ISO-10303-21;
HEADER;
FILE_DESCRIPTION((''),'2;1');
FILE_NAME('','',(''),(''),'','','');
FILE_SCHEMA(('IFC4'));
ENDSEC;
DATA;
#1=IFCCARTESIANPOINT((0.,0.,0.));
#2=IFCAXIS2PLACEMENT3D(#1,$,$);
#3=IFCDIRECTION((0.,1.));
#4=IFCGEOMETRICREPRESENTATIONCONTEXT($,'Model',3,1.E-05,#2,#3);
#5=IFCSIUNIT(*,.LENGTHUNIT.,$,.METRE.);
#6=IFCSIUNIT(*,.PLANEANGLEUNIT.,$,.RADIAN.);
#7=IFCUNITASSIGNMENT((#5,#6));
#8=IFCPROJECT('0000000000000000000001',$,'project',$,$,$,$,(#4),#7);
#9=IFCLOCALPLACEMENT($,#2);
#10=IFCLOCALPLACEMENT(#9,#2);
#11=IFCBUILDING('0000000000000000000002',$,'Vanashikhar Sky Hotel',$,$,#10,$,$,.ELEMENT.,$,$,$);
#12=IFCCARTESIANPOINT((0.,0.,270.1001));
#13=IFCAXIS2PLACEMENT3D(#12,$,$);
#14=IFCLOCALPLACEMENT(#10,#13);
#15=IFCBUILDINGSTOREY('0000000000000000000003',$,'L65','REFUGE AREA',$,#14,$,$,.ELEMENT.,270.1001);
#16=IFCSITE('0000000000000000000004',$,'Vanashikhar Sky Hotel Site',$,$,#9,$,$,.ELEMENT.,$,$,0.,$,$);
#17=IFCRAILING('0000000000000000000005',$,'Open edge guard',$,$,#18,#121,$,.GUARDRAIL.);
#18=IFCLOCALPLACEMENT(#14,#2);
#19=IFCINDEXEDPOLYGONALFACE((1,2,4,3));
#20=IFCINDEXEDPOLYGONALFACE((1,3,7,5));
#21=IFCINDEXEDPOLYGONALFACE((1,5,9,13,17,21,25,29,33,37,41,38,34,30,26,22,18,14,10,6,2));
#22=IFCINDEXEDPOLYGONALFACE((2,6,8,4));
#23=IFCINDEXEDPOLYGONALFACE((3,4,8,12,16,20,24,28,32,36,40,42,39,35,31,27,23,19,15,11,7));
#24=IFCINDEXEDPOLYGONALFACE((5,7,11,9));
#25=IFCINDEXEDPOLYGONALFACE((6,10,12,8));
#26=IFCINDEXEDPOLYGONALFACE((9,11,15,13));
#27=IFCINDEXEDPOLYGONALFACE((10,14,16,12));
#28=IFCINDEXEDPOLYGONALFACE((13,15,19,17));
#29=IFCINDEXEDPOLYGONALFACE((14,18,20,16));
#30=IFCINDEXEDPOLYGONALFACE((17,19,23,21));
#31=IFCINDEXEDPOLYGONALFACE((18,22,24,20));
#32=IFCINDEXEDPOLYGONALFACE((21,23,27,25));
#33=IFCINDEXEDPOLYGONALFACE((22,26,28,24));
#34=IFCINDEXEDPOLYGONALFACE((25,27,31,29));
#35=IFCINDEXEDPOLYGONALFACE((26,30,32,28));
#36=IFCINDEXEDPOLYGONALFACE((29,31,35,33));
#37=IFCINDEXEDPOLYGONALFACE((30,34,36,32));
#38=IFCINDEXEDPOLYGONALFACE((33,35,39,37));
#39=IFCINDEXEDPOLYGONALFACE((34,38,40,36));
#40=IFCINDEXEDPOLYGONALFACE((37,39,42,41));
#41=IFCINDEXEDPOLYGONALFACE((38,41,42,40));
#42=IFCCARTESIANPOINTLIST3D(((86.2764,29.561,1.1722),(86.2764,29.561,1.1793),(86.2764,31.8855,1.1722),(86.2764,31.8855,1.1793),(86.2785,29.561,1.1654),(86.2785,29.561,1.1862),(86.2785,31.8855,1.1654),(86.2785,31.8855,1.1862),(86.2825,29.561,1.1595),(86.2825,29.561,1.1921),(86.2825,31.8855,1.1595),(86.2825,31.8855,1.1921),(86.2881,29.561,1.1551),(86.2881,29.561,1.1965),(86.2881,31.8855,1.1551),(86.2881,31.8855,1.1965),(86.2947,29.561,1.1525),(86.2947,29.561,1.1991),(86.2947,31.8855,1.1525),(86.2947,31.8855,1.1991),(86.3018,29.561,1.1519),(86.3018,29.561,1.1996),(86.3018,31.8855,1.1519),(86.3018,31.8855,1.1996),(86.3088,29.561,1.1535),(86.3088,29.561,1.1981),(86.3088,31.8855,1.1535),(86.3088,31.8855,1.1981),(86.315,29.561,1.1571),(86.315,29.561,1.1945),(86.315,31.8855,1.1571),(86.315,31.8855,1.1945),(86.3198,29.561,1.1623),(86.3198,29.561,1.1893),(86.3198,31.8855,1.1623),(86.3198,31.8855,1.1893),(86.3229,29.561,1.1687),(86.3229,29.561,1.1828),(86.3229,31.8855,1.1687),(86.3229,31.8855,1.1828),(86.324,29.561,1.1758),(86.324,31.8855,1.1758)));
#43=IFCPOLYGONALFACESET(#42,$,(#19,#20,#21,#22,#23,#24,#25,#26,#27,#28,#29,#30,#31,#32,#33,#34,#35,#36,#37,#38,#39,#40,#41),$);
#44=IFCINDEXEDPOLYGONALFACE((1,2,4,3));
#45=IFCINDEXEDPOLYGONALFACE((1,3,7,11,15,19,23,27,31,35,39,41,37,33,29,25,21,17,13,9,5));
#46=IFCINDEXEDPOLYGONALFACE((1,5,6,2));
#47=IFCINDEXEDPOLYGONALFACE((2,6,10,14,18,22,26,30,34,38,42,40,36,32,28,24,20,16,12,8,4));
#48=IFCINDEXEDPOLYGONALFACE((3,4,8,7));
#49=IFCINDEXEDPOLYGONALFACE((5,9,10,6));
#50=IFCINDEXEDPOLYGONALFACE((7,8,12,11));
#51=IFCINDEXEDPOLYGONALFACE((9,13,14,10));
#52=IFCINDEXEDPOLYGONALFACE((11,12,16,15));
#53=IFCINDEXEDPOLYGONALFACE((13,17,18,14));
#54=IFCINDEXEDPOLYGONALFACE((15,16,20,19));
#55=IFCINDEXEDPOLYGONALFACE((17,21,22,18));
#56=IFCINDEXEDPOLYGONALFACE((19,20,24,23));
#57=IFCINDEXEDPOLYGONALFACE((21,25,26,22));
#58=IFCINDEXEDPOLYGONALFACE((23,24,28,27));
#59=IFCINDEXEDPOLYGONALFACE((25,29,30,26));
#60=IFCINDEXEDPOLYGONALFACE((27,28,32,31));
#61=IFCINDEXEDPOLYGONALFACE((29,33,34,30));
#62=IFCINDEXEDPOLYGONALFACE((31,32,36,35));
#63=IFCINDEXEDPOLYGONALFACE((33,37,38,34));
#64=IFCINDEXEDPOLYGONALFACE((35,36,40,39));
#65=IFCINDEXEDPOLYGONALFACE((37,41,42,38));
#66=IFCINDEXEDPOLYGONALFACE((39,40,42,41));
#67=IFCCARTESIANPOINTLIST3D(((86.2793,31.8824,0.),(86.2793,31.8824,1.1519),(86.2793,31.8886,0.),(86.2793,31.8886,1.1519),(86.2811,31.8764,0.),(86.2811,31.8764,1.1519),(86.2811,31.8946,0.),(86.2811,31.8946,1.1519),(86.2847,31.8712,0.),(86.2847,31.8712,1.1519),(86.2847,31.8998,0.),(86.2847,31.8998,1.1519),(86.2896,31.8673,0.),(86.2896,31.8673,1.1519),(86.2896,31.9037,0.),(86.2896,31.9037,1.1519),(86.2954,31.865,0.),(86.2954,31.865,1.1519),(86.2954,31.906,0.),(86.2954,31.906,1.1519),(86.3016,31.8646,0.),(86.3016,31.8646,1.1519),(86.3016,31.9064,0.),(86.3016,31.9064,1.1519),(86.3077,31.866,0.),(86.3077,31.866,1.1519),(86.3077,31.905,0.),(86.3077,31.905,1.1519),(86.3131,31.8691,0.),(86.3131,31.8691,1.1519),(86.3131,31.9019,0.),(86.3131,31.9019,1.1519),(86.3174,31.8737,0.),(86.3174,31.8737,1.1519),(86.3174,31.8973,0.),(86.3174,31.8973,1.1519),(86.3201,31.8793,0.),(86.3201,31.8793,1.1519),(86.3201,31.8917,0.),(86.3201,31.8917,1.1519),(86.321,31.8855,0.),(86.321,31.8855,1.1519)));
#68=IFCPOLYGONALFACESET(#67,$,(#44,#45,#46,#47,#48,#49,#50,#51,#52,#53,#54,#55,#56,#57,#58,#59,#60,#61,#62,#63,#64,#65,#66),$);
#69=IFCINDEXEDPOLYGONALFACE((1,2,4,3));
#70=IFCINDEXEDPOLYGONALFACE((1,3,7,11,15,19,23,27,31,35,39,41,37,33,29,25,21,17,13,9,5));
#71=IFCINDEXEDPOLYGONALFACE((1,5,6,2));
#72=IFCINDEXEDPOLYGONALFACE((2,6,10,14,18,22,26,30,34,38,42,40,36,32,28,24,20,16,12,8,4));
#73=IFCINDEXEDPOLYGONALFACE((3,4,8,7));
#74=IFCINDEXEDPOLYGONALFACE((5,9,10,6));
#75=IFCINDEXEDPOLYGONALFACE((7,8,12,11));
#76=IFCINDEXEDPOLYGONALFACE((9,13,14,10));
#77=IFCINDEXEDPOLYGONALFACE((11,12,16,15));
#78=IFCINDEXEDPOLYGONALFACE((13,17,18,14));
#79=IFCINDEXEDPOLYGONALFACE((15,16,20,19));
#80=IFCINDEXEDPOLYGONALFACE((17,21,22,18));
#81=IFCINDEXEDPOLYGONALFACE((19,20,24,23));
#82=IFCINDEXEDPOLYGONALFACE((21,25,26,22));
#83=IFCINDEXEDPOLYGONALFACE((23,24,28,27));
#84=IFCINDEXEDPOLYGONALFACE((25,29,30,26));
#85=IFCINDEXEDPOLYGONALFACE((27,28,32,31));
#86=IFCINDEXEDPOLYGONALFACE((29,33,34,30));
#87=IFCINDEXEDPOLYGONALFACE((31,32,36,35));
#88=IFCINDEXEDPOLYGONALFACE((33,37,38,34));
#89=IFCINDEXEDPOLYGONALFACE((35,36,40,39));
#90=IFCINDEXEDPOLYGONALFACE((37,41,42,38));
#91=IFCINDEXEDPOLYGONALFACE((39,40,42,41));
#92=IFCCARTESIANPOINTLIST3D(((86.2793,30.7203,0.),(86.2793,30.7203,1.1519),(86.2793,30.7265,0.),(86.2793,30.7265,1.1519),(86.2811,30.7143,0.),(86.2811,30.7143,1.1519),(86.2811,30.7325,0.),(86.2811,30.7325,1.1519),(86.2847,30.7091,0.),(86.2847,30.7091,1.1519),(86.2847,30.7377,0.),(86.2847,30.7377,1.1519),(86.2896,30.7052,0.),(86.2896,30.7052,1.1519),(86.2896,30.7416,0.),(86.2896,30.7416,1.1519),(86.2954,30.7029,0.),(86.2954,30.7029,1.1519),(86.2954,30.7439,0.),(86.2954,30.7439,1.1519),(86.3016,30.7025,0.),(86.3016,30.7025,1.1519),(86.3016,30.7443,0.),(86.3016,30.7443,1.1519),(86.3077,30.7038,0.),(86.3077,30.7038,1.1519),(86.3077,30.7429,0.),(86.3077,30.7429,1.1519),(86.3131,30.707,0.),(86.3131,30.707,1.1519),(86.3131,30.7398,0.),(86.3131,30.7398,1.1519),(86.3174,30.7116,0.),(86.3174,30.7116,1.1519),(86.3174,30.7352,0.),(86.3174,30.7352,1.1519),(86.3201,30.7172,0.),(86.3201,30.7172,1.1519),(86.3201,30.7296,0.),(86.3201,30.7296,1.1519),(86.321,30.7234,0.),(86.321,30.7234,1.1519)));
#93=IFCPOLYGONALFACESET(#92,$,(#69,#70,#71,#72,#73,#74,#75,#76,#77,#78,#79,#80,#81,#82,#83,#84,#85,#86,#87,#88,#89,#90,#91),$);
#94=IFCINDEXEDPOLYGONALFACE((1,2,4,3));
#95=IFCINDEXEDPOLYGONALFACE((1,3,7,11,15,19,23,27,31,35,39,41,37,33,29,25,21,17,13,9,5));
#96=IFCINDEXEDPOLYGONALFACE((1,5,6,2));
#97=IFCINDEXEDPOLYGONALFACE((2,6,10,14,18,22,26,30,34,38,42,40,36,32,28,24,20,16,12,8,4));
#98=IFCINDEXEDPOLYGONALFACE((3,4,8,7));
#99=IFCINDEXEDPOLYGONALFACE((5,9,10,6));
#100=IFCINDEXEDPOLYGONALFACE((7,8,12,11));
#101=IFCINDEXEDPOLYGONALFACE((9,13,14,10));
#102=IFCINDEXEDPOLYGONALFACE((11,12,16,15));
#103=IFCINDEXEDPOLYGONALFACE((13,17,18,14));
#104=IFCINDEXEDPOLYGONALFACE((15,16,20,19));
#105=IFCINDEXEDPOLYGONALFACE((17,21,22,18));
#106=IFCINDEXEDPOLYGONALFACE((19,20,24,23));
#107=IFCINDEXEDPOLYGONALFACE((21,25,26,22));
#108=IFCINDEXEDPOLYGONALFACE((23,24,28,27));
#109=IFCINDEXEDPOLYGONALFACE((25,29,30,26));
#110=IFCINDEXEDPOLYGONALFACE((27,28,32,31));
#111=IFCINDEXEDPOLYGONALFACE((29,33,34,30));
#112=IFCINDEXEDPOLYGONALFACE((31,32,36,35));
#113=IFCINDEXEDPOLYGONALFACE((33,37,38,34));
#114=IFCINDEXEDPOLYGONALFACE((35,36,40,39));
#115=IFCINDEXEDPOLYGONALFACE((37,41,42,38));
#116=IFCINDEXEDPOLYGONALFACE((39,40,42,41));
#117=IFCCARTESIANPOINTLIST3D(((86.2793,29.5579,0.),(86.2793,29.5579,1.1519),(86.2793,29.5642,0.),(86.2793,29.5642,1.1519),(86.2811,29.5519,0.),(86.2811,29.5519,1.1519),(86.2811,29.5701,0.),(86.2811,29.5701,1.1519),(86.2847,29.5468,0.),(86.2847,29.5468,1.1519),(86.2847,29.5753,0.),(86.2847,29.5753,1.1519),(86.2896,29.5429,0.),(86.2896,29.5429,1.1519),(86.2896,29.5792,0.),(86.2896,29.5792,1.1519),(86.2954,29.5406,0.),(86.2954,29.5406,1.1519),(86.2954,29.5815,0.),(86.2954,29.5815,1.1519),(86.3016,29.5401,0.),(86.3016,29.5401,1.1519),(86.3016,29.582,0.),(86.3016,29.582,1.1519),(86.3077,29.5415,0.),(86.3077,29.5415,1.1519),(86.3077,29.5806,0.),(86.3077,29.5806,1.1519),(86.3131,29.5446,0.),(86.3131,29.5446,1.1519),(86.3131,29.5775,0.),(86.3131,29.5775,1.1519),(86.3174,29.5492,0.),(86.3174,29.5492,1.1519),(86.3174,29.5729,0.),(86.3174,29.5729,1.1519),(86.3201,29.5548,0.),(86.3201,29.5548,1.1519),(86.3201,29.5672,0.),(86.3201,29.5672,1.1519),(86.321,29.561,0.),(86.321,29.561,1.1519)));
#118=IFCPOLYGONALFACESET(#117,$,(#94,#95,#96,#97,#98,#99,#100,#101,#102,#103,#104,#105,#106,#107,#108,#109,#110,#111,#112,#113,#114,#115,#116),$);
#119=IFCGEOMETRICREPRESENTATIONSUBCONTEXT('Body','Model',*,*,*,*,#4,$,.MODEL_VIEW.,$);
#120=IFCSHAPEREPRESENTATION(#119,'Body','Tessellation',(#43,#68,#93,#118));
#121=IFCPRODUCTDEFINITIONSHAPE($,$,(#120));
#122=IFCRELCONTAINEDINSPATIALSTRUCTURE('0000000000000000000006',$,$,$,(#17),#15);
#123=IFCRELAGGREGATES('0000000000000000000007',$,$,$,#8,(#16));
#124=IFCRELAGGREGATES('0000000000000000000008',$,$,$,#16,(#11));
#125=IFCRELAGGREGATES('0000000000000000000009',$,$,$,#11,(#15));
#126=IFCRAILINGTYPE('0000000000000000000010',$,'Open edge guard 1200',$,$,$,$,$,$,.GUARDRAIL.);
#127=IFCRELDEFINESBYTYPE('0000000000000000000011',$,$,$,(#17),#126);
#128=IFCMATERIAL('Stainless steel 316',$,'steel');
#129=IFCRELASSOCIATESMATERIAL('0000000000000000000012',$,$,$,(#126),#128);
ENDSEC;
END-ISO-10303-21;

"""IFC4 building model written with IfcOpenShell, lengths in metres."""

from ifc_helpers import new_model, si_unit, direction, frame, origin, origin_2d, place, context, subcontext, project, spatial, circle, extrude, source, transform, mapped, material, type_object, element, save


model = new_model("IFC4")

# Units and contexts
model_context = context("Model", 3, precision=1e-05, world=origin(), true_north=direction((0.0, 1.0)))
body_context = subcontext(model_context, "Body", "Model", "MODEL_VIEW")
ifc_project = project(units=[si_unit("LENGTHUNIT", "METRE"), si_unit("PLANEANGLEUNIT", "RADIAN")], contexts=[model_context])

# Site, building, storey
site_placement = place(None, origin())
site = spatial("IfcSite", under=ifc_project, at=site_placement, Name="Vanashikhar Sky Hotel Site", CompositionType="ELEMENT", RefElevation=0.0)
building_placement = place(site_placement, origin())
building = spatial("IfcBuilding", under=site, at=building_placement, Name="Vanashikhar Sky Hotel", CompositionType="ELEMENT")
storey_placement = place(building_placement, frame((0.0, 0.0, 270.1001)))
storey = spatial("IfcBuildingStorey", under=building, at=storey_placement, Name="L65", Description="REFUGE AREA", CompositionType="ELEMENT", Elevation=270.1001)

# Railing
ifc_material_1 = material(Name="Stainless steel 316", Category="steel")
railing_type_1 = type_object("IfcRailingType", Name="Open edge guard 1200", PredefinedType="GUARDRAIL", material=ifc_material_1)
shared_shape_1 = source(origin(), body_context, "Body", "SweptSolid", [
    extrude(circle(Radius=0.0239, at=origin_2d()), frame((0.0, 0.0, 1.1758), z_axis=(0.0, -1.0, 0.0), x_axis=(1.0, 0.0, 0.0)), (0.0, 0.0, 1.0), 2.3245),
    extrude(circle(Radius=0.021, at=origin_2d()), origin(), (0.0, 0.0, 1.0), 1.1519),
    extrude(circle(Radius=0.021, at=origin_2d()), frame((0.0, -1.1621, 0.0)), (0.0, 0.0, 1.0), 1.1519),
    extrude(circle(Radius=0.021, at=origin_2d()), frame((0.0, -2.3245, 0.0)), (0.0, 0.0, 1.0), 1.1519),
])
for number, where, name in (
    (1, (86.3, 31.8855, 0.0), "Open edge guard"),
):
    element("IfcRailing", number, at=place(storey_placement, frame(where)), inside=storey, type_object=railing_type_1, Name=name, PredefinedType="GUARDRAIL", context=body_context, shape_type="MappedRepresentation", body=[
        mapped(shared_shape_1, transform((0.0, 0.0, 0.0), scale=1.0)),
    ])

save(model, "model.ifc")
